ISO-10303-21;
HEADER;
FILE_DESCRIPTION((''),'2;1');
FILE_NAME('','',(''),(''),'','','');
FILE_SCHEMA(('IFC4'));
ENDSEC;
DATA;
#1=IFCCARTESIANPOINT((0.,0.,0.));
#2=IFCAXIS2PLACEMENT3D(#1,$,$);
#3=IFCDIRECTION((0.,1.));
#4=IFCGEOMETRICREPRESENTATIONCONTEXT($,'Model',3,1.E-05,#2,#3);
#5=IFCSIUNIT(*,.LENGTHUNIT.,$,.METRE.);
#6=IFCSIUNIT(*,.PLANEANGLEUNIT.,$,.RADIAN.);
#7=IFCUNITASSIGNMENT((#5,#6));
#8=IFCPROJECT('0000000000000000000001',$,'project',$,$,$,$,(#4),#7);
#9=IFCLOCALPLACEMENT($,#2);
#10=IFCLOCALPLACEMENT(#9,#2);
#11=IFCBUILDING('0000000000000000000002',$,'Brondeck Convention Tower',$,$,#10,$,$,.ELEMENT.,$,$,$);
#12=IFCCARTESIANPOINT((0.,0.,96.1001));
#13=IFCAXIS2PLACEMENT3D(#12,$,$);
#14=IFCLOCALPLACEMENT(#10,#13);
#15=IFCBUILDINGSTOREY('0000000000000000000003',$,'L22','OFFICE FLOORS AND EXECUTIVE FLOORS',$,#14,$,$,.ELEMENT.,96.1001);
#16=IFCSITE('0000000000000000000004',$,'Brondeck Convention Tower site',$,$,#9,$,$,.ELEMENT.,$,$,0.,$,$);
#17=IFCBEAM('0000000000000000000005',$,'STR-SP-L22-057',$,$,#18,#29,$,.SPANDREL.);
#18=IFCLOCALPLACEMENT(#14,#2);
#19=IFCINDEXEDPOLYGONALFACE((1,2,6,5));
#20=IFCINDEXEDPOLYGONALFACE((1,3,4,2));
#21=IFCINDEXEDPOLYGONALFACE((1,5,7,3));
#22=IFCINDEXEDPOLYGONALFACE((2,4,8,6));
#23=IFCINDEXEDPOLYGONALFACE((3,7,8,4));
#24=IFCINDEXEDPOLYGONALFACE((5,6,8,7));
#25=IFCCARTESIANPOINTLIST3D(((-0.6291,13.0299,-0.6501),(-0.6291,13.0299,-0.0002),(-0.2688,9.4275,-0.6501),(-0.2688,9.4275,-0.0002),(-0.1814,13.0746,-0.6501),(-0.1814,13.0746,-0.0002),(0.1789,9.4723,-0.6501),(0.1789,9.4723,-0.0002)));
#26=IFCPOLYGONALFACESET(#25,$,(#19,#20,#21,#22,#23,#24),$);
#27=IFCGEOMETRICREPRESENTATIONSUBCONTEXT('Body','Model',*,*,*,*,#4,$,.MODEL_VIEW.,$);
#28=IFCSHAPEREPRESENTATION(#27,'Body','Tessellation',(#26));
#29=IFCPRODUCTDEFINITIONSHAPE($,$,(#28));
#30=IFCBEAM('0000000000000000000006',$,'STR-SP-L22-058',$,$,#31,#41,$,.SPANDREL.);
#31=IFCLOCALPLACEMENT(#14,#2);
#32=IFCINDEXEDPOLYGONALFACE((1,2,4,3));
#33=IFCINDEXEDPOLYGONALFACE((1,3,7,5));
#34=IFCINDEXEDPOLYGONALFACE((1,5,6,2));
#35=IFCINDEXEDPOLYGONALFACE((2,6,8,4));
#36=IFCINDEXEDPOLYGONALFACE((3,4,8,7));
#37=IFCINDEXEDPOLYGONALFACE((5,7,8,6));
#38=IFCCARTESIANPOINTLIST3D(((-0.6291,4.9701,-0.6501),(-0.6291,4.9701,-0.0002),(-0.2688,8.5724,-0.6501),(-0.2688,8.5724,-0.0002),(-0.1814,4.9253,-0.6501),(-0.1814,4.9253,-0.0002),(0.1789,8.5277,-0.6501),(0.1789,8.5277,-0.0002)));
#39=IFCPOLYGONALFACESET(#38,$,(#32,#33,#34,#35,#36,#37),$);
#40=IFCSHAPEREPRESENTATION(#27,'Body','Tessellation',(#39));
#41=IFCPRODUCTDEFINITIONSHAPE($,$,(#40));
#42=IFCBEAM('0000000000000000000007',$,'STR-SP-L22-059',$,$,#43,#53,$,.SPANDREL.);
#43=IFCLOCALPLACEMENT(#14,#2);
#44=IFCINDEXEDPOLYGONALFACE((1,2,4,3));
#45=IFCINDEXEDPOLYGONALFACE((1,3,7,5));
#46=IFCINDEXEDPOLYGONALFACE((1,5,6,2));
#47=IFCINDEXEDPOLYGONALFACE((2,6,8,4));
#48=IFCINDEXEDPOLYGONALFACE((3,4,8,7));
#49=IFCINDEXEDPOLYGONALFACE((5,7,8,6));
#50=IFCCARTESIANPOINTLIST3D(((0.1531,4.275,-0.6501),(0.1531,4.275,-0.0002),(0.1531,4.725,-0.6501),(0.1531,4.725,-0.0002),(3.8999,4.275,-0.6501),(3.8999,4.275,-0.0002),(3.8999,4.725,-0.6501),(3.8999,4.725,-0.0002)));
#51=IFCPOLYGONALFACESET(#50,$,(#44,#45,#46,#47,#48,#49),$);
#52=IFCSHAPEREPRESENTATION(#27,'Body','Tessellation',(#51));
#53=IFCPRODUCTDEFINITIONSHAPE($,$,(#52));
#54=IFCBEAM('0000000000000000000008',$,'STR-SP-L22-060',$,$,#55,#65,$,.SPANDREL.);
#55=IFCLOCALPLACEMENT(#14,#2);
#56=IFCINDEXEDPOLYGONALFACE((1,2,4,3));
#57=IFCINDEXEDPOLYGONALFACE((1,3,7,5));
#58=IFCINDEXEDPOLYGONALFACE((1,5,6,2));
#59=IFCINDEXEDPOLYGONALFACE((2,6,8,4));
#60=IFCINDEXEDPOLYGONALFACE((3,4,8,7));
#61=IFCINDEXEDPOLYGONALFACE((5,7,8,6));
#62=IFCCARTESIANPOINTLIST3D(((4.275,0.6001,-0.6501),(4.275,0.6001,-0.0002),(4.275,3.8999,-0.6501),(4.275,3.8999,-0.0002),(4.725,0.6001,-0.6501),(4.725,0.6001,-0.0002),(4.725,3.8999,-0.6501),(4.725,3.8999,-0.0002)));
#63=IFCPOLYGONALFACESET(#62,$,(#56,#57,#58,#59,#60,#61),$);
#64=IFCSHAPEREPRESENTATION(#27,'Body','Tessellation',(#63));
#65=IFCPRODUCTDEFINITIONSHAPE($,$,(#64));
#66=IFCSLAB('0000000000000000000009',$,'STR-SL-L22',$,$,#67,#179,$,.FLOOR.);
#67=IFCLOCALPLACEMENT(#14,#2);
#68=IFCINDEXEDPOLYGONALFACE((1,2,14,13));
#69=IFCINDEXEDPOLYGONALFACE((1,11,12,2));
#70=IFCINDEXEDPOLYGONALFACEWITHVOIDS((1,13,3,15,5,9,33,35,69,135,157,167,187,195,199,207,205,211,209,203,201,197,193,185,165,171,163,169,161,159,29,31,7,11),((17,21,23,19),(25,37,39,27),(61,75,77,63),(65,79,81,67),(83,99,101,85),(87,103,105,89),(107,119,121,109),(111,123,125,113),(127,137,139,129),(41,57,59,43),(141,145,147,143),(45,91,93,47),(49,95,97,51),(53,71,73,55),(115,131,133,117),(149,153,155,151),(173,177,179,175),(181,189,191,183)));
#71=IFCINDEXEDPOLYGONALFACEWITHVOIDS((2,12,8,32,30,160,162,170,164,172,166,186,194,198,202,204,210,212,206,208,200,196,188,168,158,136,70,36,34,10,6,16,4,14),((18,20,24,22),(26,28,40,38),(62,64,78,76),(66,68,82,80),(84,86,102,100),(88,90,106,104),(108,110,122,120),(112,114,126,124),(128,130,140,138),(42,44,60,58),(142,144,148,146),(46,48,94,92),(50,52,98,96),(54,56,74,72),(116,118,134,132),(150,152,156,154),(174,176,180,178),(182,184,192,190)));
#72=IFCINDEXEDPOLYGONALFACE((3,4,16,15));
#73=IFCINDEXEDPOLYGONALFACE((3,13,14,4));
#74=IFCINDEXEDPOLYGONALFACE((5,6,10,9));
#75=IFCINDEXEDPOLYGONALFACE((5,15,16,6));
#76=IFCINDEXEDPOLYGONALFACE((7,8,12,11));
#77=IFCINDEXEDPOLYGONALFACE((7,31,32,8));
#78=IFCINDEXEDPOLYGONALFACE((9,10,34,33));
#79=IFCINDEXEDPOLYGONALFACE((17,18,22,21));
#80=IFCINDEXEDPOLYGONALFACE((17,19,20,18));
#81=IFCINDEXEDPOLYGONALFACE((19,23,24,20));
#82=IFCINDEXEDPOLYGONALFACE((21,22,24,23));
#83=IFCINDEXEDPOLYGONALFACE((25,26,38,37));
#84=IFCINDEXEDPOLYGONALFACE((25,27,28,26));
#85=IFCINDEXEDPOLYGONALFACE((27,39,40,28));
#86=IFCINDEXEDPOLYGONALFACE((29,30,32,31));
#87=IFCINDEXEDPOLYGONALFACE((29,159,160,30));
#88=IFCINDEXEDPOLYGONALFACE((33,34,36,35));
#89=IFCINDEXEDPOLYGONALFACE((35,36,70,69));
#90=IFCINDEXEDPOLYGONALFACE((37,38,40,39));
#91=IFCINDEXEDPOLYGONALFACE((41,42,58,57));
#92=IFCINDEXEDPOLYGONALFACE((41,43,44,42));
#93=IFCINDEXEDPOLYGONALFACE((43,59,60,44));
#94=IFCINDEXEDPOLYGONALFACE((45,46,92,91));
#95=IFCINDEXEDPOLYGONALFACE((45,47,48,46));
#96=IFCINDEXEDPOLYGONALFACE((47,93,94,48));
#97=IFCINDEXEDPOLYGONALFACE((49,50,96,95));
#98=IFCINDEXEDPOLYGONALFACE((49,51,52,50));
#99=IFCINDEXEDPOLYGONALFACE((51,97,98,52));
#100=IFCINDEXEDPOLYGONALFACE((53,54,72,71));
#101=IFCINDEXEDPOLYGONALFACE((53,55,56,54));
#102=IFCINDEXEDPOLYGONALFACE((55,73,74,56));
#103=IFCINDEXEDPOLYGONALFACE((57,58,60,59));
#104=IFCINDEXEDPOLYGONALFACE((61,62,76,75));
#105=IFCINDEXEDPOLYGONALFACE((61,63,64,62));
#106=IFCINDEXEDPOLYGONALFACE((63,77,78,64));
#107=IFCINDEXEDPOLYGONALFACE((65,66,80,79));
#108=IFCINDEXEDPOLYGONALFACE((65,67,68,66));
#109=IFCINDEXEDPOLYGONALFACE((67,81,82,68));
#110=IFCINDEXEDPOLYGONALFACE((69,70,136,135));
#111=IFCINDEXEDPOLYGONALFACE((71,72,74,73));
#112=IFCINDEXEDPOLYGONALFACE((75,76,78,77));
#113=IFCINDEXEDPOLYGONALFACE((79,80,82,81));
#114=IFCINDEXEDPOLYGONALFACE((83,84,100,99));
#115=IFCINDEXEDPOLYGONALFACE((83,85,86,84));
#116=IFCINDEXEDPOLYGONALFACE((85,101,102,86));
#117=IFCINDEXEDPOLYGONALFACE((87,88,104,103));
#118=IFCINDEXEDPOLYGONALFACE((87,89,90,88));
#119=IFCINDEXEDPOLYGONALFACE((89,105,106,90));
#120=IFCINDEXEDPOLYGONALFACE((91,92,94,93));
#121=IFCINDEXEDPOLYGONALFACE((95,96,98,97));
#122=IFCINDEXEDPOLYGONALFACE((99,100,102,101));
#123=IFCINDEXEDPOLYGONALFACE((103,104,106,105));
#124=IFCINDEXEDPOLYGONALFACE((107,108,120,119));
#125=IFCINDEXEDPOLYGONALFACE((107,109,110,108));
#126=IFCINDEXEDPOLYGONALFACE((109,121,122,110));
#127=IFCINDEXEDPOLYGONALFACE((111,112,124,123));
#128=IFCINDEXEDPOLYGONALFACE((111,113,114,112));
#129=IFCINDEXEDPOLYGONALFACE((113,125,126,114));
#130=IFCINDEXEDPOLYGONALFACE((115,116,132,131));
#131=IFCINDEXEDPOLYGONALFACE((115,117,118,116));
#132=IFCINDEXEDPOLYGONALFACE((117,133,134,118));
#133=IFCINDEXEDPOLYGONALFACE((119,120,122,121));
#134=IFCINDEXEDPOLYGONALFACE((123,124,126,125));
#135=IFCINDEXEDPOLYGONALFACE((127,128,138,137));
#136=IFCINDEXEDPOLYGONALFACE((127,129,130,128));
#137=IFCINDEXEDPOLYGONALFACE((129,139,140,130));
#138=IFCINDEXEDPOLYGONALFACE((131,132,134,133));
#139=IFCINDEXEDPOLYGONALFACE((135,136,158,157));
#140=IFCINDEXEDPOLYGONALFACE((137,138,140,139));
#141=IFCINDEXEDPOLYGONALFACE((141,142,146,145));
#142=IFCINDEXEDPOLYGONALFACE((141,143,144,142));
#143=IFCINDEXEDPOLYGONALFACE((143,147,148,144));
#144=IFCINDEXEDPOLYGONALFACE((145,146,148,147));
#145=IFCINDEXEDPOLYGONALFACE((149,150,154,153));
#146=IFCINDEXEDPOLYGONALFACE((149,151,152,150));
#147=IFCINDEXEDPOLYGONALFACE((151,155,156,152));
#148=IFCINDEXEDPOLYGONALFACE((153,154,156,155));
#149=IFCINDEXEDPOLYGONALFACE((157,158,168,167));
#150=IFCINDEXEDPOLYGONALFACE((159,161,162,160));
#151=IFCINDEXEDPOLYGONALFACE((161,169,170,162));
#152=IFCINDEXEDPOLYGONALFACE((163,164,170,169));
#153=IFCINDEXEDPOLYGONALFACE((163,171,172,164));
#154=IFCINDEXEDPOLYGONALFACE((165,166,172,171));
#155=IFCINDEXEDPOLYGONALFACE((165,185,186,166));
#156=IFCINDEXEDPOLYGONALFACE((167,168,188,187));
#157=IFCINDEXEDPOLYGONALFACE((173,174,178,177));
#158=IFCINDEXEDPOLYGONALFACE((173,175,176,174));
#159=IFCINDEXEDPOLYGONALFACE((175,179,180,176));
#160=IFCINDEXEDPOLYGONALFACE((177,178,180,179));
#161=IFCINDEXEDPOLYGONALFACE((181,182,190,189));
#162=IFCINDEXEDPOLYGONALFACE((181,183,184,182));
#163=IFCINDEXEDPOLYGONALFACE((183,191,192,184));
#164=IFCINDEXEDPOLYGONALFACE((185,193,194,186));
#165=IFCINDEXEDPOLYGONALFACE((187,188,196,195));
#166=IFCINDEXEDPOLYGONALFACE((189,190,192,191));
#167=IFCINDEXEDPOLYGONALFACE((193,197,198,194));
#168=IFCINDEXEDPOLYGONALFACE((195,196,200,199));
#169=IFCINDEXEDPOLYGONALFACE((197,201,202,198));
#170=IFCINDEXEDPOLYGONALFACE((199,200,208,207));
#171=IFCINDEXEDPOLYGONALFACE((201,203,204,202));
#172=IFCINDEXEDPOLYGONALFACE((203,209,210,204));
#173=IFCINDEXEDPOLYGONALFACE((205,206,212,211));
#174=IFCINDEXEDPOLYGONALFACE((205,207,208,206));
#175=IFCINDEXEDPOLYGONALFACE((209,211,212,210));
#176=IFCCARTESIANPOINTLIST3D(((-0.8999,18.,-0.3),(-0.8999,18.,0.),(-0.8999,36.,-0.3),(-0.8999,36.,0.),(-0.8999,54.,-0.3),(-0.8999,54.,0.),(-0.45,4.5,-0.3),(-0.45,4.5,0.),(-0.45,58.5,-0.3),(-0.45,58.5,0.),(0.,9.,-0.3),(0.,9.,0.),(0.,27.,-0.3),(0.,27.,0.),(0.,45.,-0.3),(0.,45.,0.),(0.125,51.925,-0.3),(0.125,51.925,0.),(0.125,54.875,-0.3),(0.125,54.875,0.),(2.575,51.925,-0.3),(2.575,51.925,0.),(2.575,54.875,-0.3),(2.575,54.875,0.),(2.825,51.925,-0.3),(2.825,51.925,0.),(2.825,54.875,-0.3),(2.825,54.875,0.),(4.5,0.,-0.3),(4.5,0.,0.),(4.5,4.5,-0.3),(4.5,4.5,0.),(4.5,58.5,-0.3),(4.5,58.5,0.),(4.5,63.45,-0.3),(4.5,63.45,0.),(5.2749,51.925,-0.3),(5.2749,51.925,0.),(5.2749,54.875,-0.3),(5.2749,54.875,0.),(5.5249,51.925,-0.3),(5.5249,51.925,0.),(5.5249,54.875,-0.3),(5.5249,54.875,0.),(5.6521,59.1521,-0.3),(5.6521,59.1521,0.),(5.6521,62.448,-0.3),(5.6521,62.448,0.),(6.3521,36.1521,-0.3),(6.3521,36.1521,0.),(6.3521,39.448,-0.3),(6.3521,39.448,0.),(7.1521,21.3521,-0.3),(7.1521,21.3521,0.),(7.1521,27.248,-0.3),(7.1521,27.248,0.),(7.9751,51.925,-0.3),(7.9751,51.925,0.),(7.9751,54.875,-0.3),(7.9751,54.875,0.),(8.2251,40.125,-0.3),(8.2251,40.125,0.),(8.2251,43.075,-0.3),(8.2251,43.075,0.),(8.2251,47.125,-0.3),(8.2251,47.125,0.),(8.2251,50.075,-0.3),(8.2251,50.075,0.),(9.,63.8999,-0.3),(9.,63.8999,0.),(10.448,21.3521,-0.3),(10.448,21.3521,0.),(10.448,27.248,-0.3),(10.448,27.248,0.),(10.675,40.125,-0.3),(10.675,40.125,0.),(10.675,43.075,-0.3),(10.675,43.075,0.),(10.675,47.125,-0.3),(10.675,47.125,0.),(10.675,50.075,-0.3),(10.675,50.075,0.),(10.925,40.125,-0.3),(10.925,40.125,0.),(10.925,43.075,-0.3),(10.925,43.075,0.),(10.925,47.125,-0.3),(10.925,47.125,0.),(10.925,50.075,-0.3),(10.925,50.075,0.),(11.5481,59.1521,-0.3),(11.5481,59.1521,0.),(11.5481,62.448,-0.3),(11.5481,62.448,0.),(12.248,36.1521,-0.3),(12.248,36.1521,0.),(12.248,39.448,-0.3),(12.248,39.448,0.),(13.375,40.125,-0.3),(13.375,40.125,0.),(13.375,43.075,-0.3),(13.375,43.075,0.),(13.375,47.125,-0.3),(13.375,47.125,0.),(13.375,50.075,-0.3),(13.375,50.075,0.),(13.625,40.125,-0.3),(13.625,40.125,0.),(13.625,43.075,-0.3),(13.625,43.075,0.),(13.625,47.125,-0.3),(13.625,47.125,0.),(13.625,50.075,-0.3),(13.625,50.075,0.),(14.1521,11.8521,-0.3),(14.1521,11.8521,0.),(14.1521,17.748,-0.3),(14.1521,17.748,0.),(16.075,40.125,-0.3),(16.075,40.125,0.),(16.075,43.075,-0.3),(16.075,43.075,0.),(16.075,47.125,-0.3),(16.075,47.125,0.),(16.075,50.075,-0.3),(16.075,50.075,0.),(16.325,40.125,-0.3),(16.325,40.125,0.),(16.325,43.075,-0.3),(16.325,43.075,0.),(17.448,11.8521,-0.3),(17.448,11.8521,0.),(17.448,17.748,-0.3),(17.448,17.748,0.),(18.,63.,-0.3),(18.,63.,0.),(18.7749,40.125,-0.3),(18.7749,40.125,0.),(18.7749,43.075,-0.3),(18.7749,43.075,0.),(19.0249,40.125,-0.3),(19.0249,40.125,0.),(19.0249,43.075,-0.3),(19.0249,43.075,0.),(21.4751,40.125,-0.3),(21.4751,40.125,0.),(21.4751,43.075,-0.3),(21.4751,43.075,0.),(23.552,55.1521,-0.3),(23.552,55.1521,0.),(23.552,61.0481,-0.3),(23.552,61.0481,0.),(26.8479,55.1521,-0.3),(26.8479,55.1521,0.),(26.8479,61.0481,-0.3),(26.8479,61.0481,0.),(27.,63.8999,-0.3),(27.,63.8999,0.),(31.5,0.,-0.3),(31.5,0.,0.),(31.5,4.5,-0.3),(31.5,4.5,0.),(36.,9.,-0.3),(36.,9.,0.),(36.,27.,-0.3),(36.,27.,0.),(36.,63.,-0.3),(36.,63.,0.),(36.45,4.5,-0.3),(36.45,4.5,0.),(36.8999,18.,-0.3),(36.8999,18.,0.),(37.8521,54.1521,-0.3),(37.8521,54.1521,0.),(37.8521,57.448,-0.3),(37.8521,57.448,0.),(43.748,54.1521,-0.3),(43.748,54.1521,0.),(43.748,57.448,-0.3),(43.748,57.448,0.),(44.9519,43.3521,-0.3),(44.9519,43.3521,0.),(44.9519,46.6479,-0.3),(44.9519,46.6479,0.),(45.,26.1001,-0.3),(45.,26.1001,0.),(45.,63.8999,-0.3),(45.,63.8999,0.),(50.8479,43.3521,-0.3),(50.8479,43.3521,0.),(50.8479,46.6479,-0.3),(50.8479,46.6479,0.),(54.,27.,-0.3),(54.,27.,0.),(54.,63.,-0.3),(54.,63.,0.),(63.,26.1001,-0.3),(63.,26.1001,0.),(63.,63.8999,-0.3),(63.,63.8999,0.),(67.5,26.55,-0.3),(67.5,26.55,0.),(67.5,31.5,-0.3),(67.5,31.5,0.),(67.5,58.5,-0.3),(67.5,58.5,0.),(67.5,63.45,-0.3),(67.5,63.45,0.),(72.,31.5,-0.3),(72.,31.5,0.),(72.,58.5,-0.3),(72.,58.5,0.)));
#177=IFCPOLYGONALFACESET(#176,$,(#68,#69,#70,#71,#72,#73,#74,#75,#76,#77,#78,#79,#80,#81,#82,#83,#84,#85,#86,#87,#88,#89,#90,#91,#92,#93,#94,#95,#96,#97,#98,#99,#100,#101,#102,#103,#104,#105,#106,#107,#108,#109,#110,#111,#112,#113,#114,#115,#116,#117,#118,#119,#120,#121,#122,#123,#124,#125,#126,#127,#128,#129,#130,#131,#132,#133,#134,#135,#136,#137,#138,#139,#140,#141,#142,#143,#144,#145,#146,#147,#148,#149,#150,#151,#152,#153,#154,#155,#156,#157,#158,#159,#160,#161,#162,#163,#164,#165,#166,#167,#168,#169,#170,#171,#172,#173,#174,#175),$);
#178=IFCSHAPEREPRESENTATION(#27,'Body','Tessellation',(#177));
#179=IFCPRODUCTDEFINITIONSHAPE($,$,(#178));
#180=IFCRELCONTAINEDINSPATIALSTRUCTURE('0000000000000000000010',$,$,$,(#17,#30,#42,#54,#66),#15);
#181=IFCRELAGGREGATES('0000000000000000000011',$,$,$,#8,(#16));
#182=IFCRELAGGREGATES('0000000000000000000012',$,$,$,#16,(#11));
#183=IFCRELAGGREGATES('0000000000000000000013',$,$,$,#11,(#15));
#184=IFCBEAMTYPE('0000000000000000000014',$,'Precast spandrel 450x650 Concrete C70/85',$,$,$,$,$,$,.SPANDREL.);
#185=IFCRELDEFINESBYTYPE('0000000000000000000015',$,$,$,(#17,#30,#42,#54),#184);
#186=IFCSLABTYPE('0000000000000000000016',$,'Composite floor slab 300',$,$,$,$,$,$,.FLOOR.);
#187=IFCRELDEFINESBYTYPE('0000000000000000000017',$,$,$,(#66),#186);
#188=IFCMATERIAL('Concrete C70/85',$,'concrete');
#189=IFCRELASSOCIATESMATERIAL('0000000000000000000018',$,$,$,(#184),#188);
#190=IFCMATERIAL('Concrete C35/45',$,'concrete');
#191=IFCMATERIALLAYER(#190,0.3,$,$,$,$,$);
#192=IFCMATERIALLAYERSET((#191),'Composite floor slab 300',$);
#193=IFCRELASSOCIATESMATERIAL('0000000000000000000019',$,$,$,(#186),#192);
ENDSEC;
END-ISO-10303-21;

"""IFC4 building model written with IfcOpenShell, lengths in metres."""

from ifc_helpers import new_model, si_unit, direction, frame, origin, origin_2d, place, context, subcontext, project, spatial, polyline, rectangle, outline, extrude, material, layer, layer_set, material_profile, profile_set, type_object, element, save


model = new_model("IFC4")

# Units and contexts
model_context = context("Model", 3, precision=1e-05, world=origin(), true_north=direction((0.0, 1.0)))
body_context = subcontext(model_context, "Body", "Model", "MODEL_VIEW")
ifc_project = project(units=[si_unit("LENGTHUNIT", "METRE"), si_unit("PLANEANGLEUNIT", "RADIAN")], contexts=[model_context])

# Site, building, storey
site_placement = place(None, origin())
site = spatial("IfcSite", under=ifc_project, at=site_placement, Name="Brondeck Convention Tower site", CompositionType="ELEMENT", RefElevation=0.0)
building_placement = place(site_placement, origin())
building = spatial("IfcBuilding", under=site, at=building_placement, Name="Brondeck Convention Tower", CompositionType="ELEMENT")
storey_placement = place(building_placement, frame((0.0, 0.0, 96.1001)))
storey = spatial("IfcBuildingStorey", under=building, at=storey_placement, Name="L22", Description="OFFICE FLOORS AND EXECUTIVE FLOORS", CompositionType="ELEMENT", Elevation=96.1001)

# Shared definitions
ifc_material_1 = material(Name="Concrete C70/85", Category="concrete")

# Beams
ifc_material_profile_1 = material_profile(ifc_material_1, rectangle(XDim=0.45, YDim=0.6499, at=origin_2d()), Name="Precast spandrel 450x650 Concrete C70/85")
ifc_profile_set_1 = profile_set([ifc_material_profile_1], Name="Concrete C70/85")
beam_type_1 = type_object("IfcBeamType", Name="Precast spandrel 450x650 Concrete C70/85", PredefinedType="SPANDREL", material=ifc_profile_set_1)
for number, where, z_axis, x_axis, name in (
    (1, (-0.4053, 13.0522, -0.3252), (0.099537, -0.995034, 0.0), (0.995034, 0.099537, 0.0), "STR-SP-L22-057"),
    (2, (-0.0449, 8.55, -0.3252), (-0.099537, -0.995034, 0.0), (0.995034, -0.099537, 0.0), "STR-SP-L22-058"),
):
    element("IfcBeam", number, at=place(storey_placement, frame(where, z_axis=z_axis, x_axis=x_axis)), inside=storey, type_object=beam_type_1, Name=name, PredefinedType="SPANDREL", context=body_context, shape_type="SweptSolid", body=[
        extrude(rectangle(XDim=0.45, YDim=0.6499, at=origin_2d()), origin(), (0.0, 0.0, 1.0), 3.6204),
    ])
beam_1_placement = place(storey_placement, frame((0.1531, 4.5, -0.3252), z_axis=(1.0, 0.0, 0.0), x_axis=(0.0, 1.0, 0.0)))
element("IfcBeam", 3, at=beam_1_placement, inside=storey, type_object=beam_type_1, Name="STR-SP-L22-059", PredefinedType="SPANDREL", context=body_context, shape_type="SweptSolid", body=[
    extrude(rectangle(XDim=0.45, YDim=0.6499, at=origin_2d()), origin(), (0.0, 0.0, 1.0), 3.7468),
])
beam_2_placement = place(storey_placement, frame((4.5, 3.8999, -0.3252), z_axis=(0.0, -1.0, 0.0), x_axis=(1.0, 0.0, 0.0)))
element("IfcBeam", 4, at=beam_2_placement, inside=storey, type_object=beam_type_1, Name="STR-SP-L22-060", PredefinedType="SPANDREL", context=body_context, shape_type="SweptSolid", body=[
    extrude(rectangle(XDim=0.45, YDim=0.6499, at=origin_2d()), origin(), (0.0, 0.0, 1.0), 3.2998),
])

# Slab
ifc_material_2 = material(Name="Concrete C35/45", Category="concrete")
ifc_layer_1 = layer(ifc_material_2, 0.3)
ifc_layer_set_1 = layer_set([ifc_layer_1], Name="Composite floor slab 300")
slab_type_1 = type_object("IfcSlabType", Name="Composite floor slab 300", PredefinedType="FLOOR", material=ifc_layer_set_1)
slab_1_placement = place(storey_placement, frame((0.0, 0.0, -0.3)))
element("IfcSlab", 5, at=slab_1_placement, inside=storey, type_object=slab_type_1, Name="STR-SL-L22", PredefinedType="FLOOR", context=body_context, shape_type="SweptSolid", body=[
    extrude(outline(polyline([(4.5, 4.5), (-0.45, 4.5), (0.0, 9.0), (-0.8999, 18.0), (0.0, 27.0), (-0.8999, 36.0), (0.0, 45.0), (-0.8999, 54.0), (-0.45, 58.5), (4.5, 58.5), (4.5, 63.45), (9.0, 63.8999), (18.0, 63.0), (27.0, 63.8999), (36.0, 63.0), (45.0, 63.8999), (54.0, 63.0), (63.0, 63.8999), (67.5, 63.45), (67.5, 58.5), (72.0, 58.5), (72.0, 31.5), (67.5, 31.5), (67.5, 26.55), (63.0, 26.1001), (54.0, 27.0), (45.0, 26.1001), (36.0, 27.0), (36.8999, 18.0), (36.0, 9.0), (36.45, 4.5), (31.5, 4.5), (31.5, 0.0), (4.5, 0.0), (4.5, 4.5)]), holes=[polyline([(10.448, 27.248), (7.1521, 27.248), (7.1521, 21.3521), (10.448, 21.3521), (10.448, 27.248)]), polyline([(12.248, 36.1521), (12.248, 39.448), (6.3521, 39.448), (6.3521, 36.1521), (12.248, 36.1521)]), polyline([(10.675, 40.125), (10.675, 43.075), (8.2251, 43.075), (8.2251, 40.125), (10.675, 40.125)]), polyline([(10.675, 47.125), (10.675, 50.075), (8.2251, 50.075), (8.2251, 47.125), (10.675, 47.125)]), polyline([(13.375, 47.125), (13.375, 50.075), (10.925, 50.075), (10.925, 47.125), (13.375, 47.125)]), polyline([(2.575, 51.925), (2.575, 54.875), (0.125, 54.875), (0.125, 51.925), (2.575, 51.925)]), polyline([(5.2749, 51.925), (5.2749, 54.875), (2.825, 54.875), (2.825, 51.925), (5.2749, 51.925)]), polyline([(5.5249, 51.925), (7.9751, 51.925), (7.9751, 54.875), (5.5249, 54.875), (5.5249, 51.925)]), polyline([(11.5481, 62.448), (5.6521, 62.448), (5.6521, 59.1521), (11.5481, 59.1521), (11.5481, 62.448)]), polyline([(17.448, 17.748), (14.1521, 17.748), (14.1521, 11.8521), (17.448, 11.8521), (17.448, 17.748)]), polyline([(13.375, 40.125), (13.375, 43.075), (10.925, 43.075), (10.925, 40.125), (13.375, 40.125)]), polyline([(16.075, 40.125), (16.075, 43.075), (13.625, 43.075), (13.625, 40.125), (16.075, 40.125)]), polyline([(18.7749, 40.125), (18.7749, 43.075), (16.325, 43.075), (16.325, 40.125), (18.7749, 40.125)]), polyline([(21.4751, 40.125), (21.4751, 43.075), (19.0249, 43.075), (19.0249, 40.125), (21.4751, 40.125)]), polyline([(50.8479, 43.3521), (50.8479, 46.6479), (44.9519, 46.6479), (44.9519, 43.3521), (50.8479, 43.3521)]), polyline([(16.075, 47.125), (16.075, 50.075), (13.625, 50.075), (13.625, 47.125), (16.075, 47.125)]), polyline([(37.8521, 54.1521), (43.748, 54.1521), (43.748, 57.448), (37.8521, 57.448), (37.8521, 54.1521)]), polyline([(23.552, 61.0481), (23.552, 55.1521), (26.8479, 55.1521), (26.8479, 61.0481), (23.552, 61.0481)])]), origin(), (0.0, 0.0, 1.0), 0.3),
])

save(model, "model.ifc")
